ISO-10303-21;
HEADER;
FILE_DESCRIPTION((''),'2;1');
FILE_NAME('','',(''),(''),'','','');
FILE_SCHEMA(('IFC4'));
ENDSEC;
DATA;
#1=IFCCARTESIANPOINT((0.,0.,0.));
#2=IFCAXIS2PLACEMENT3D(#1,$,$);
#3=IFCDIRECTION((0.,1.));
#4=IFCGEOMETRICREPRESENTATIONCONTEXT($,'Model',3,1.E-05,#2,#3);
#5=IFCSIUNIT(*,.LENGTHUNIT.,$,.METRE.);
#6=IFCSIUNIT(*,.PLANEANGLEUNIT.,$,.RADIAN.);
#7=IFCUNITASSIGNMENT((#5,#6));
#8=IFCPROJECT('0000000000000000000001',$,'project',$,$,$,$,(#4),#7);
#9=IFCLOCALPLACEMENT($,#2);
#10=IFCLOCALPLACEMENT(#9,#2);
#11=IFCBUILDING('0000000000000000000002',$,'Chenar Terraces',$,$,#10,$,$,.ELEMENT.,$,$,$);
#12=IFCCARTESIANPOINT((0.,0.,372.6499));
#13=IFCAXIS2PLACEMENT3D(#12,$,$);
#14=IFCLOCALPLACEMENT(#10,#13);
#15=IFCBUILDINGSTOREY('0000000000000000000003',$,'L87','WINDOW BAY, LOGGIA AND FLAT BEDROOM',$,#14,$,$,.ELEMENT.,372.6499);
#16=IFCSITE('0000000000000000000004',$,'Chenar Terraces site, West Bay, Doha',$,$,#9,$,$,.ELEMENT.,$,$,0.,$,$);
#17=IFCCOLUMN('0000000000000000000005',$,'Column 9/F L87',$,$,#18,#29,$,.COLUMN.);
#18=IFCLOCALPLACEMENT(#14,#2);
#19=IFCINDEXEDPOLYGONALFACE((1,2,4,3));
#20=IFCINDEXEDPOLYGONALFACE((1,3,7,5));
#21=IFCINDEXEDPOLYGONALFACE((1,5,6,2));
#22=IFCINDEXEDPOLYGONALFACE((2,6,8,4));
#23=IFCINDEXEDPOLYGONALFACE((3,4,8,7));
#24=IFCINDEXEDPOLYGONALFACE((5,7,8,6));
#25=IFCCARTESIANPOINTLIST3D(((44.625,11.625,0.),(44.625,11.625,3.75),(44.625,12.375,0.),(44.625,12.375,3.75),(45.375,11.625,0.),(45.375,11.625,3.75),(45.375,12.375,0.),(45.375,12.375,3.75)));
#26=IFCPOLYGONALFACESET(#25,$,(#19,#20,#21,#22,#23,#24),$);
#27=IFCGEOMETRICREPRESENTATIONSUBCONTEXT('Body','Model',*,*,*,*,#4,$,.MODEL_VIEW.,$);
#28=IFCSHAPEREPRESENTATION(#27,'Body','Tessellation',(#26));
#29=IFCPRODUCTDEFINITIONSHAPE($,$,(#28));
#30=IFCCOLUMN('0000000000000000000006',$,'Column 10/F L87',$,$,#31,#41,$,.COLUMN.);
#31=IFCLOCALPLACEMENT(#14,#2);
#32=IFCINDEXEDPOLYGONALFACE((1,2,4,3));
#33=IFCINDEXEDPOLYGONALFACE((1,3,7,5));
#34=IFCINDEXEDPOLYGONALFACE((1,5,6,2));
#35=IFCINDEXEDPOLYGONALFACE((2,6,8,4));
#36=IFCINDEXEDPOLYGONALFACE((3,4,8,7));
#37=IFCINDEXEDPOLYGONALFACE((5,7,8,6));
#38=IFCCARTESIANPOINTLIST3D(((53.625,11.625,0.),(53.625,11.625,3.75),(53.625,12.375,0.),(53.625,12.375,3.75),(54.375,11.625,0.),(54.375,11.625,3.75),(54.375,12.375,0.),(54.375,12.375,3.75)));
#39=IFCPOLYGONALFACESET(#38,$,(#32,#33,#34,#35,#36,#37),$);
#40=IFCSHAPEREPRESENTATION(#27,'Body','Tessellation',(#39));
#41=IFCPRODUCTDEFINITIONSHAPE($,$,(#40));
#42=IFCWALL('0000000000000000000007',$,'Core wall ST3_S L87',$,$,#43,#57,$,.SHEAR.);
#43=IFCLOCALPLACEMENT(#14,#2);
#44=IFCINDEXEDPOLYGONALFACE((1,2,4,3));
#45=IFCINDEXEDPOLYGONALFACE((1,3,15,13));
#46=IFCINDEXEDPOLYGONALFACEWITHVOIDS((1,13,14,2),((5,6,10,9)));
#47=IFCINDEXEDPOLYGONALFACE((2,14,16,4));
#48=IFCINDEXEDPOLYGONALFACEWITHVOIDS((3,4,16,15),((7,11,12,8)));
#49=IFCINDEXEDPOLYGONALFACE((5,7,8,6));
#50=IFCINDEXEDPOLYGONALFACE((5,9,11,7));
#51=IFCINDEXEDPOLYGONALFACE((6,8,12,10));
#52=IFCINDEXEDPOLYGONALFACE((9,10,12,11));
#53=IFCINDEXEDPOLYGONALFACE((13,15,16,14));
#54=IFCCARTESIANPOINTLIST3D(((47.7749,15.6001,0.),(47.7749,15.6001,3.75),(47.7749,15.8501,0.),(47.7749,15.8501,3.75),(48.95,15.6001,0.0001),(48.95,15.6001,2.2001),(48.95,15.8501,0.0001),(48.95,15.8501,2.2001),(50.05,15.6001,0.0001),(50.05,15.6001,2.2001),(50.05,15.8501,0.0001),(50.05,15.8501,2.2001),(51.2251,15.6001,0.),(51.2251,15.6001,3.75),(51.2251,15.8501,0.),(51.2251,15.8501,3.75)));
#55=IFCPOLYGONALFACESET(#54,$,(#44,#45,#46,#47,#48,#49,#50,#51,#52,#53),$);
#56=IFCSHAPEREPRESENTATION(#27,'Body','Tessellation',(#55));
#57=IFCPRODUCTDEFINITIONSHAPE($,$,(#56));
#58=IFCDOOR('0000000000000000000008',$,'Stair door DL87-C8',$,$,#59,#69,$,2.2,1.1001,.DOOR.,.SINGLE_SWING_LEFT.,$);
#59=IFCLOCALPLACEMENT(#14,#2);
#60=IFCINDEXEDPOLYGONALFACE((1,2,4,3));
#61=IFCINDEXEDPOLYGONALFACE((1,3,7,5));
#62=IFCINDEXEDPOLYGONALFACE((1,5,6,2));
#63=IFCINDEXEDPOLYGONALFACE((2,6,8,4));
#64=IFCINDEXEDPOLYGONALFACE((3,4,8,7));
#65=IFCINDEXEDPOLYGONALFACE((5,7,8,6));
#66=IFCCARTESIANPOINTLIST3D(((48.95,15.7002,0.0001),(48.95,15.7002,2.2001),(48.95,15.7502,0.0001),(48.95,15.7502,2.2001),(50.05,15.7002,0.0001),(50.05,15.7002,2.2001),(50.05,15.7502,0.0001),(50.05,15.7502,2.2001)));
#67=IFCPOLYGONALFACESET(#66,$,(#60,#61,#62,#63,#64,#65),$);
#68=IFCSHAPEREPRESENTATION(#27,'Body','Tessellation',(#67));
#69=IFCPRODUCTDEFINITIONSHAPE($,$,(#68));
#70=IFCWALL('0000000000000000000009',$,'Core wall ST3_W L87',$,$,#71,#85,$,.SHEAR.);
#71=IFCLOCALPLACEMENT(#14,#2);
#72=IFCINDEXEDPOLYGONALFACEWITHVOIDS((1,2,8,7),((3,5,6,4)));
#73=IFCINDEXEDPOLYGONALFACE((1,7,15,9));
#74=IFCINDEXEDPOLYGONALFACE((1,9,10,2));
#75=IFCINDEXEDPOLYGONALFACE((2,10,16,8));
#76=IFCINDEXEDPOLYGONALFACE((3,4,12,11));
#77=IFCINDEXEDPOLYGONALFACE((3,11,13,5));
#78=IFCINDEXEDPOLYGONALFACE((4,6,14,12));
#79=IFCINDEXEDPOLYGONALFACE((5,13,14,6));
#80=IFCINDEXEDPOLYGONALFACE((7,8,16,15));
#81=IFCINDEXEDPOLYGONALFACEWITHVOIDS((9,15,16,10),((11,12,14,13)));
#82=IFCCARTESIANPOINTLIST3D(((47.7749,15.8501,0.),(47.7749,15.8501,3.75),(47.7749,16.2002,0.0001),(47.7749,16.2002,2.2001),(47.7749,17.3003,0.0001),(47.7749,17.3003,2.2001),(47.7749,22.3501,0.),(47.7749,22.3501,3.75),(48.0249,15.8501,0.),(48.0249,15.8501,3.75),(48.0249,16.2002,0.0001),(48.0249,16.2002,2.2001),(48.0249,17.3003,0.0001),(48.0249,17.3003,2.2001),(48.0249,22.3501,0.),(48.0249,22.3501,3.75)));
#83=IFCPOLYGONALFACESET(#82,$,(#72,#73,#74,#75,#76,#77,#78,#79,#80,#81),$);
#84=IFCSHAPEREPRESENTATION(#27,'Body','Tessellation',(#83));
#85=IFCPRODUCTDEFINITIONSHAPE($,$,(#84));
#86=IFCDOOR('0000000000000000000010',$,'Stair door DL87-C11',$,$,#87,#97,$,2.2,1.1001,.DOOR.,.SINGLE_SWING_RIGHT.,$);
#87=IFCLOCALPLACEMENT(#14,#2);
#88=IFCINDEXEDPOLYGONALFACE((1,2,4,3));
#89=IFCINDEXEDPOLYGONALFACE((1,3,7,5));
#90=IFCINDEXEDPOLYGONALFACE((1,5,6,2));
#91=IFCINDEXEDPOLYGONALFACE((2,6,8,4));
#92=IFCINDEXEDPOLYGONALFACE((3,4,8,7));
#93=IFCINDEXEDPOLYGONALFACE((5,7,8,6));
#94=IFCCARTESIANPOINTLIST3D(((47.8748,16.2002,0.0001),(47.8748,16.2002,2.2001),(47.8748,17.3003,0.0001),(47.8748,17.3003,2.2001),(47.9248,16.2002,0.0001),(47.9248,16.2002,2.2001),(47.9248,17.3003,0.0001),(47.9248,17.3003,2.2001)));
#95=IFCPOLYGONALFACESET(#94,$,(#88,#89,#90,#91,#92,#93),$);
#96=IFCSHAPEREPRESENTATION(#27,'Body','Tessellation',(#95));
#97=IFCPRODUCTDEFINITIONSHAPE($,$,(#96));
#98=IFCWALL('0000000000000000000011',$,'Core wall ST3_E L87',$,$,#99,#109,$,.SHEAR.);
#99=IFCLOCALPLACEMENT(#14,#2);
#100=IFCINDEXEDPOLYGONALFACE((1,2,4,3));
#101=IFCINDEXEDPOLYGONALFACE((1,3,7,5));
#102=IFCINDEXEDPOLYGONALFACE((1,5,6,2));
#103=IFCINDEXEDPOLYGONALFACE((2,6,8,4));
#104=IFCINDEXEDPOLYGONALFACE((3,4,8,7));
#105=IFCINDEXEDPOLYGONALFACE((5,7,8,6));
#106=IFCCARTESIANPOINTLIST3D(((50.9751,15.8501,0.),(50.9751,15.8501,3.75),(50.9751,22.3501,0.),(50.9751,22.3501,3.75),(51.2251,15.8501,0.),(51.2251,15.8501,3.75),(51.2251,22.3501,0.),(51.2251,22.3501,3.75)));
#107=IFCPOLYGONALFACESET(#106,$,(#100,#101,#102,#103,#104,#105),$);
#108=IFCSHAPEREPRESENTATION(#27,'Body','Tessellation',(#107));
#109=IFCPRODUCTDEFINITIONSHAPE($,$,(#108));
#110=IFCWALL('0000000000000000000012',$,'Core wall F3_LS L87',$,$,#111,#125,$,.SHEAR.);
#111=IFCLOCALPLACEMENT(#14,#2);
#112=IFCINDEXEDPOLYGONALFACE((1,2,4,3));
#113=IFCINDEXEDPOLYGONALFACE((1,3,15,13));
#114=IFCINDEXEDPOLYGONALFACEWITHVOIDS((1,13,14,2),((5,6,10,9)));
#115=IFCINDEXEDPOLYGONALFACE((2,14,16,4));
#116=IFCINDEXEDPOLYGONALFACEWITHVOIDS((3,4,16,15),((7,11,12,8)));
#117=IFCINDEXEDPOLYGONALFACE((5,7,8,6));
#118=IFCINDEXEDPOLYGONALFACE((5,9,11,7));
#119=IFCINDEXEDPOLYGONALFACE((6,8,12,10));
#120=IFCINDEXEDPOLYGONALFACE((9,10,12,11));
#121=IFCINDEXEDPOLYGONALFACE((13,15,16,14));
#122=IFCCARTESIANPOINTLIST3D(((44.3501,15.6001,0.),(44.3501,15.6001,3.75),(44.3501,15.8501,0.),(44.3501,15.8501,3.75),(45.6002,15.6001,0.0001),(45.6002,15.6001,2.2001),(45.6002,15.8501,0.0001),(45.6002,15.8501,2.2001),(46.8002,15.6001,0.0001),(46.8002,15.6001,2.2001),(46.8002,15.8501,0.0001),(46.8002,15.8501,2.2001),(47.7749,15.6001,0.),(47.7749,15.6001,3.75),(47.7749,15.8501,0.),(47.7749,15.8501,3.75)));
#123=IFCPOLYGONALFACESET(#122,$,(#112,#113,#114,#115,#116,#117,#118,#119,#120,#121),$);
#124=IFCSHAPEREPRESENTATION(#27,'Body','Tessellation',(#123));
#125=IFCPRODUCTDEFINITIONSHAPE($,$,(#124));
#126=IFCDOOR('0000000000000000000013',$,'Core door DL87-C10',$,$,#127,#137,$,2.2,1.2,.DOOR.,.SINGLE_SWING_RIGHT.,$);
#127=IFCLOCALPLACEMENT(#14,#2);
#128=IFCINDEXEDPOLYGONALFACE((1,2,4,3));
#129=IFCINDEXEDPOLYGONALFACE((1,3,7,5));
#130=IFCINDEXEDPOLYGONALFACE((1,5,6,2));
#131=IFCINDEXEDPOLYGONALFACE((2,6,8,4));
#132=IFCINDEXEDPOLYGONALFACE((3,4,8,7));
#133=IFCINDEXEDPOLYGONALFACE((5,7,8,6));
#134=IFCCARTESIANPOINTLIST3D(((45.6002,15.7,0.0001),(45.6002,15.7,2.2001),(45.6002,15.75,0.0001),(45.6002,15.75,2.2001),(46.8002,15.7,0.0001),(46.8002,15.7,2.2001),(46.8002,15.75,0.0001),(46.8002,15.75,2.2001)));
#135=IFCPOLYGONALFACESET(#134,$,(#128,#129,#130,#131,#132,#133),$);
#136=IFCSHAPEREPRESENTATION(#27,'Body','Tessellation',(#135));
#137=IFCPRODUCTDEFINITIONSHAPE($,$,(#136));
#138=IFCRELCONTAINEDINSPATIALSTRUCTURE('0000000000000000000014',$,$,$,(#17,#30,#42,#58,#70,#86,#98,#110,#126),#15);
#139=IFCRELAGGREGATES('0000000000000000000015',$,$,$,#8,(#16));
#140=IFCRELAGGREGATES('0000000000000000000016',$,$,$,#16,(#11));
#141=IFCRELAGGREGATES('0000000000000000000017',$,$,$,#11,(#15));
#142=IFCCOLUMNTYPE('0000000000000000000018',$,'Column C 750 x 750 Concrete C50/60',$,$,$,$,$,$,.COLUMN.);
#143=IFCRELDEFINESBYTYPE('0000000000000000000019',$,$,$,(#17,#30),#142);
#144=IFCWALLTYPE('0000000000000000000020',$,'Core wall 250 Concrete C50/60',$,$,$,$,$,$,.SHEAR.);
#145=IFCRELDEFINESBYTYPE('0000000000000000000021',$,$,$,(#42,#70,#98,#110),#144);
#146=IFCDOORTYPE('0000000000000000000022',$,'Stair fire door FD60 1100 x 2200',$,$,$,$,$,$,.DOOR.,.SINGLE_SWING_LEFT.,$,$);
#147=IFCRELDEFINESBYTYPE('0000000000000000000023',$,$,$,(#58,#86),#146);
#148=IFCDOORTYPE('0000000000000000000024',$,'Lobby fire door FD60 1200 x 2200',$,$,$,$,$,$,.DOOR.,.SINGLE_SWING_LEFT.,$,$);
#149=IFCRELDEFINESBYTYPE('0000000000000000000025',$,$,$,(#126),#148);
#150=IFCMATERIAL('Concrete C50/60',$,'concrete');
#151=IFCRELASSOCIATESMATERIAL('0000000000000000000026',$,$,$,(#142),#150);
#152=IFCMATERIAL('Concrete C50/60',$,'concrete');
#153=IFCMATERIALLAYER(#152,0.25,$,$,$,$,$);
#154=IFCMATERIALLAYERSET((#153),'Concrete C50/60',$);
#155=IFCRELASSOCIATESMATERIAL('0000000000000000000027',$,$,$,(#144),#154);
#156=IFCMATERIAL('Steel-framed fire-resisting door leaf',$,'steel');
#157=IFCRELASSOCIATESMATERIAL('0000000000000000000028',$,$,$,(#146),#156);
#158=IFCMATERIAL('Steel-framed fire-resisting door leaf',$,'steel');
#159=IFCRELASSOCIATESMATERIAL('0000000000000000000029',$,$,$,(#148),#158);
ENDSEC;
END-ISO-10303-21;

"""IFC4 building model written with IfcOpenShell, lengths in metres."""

from ifc_helpers import new_model, si_unit, direction, frame, frame_2d, origin, origin_2d, place, context, subcontext, project, spatial, rectangle, extrude, material, layer, layer_set, material_profile, profile_set, type_object, element, fill, save


model = new_model("IFC4")

# Units and contexts
model_context = context("Model", 3, precision=1e-05, world=origin(), true_north=direction((0.0, 1.0)))
body_context = subcontext(model_context, "Body", "Model", "MODEL_VIEW")
ifc_project = project(units=[si_unit("LENGTHUNIT", "METRE"), si_unit("PLANEANGLEUNIT", "RADIAN")], contexts=[model_context])

# Site, building, storey
site_placement = place(None, origin())
site = spatial("IfcSite", under=ifc_project, at=site_placement, Name="Chenar Terraces site, West Bay, Doha", CompositionType="ELEMENT", RefElevation=0.0)
building_placement = place(site_placement, origin())
building = spatial("IfcBuilding", under=site, at=building_placement, Name="Chenar Terraces", CompositionType="ELEMENT")
storey_placement = place(building_placement, frame((0.0, 0.0, 372.6499)))
storey = spatial("IfcBuildingStorey", under=building, at=storey_placement, Name="L87", Description="WINDOW BAY, LOGGIA AND FLAT BEDROOM", CompositionType="ELEMENT", Elevation=372.6499)

# Columns
ifc_material_1 = material(Name="Concrete C50/60", Category="concrete")
ifc_material_profile = material_profile(ifc_material_1, rectangle(XDim=0.75, YDim=0.75, at=origin_2d()), Name="C 750 x 750")
ifc_profile_set = profile_set([ifc_material_profile], Name="Concrete C50/60")
column_type = type_object("IfcColumnType", Name="Column C 750 x 750 Concrete C50/60", PredefinedType="COLUMN", material=ifc_profile_set)
for number, where, z_axis, x_axis, name in (
    (1, (45.0, 12.0, 0.0), (0.0, 0.0, 1.0), (1.0, 0.0, 0.0), "Column 9/F L87"),
    (2, (54.0, 12.0, 0.0), (0.0, 0.0, 1.0), (1.0, 0.0, 0.0), "Column 10/F L87"),
):
    element("IfcColumn", number, at=place(storey_placement, frame(where, z_axis=z_axis, x_axis=x_axis)), inside=storey, type_object=column_type, Name=name, PredefinedType="COLUMN", context=body_context, shape_type="SweptSolid", body=[
        extrude(rectangle(XDim=0.75, YDim=0.75, at=origin_2d()), origin(), (0.0, 0.0, 1.0), 3.75),
    ])

# Walls, openings, doors
ifc_material_2 = material(Name="Concrete C50/60", Category="concrete")
ifc_layer_1 = layer(ifc_material_2, 0.25)
ifc_layer_set_1 = layer_set([ifc_layer_1], Name="Concrete C50/60")
wall_type_1 = type_object("IfcWallType", Name="Core wall 250 Concrete C50/60", PredefinedType="SHEAR", material=ifc_layer_set_1)
wall_1_placement = place(storey_placement, frame((47.7749, 15.7251, 0.0), z_axis=(0.0, 0.0, 1.0), x_axis=(1.0, 0.0, 0.0)))
wall_1 = element("IfcWall", 3, at=wall_1_placement, inside=storey, type_object=wall_type_1, Name="Core wall ST3_S L87", PredefinedType="SHEAR", context=body_context, shape_type="SweptSolid", body=[
    extrude(rectangle(XDim=3.4502, YDim=0.25, at=frame_2d((1.7251, 0.0))), origin(), (0.0, 0.0, 1.0), 3.75),
])
opening_1_placement = place(wall_1_placement, frame((1.175, 0.0, 0.0)))
opening_1 = element("IfcOpeningElement", 4, at=opening_1_placement, cuts=wall_1, PredefinedType="OPENING", context=body_context, shape_type="SweptSolid", body=[
    extrude(rectangle(XDim=1.1001, YDim=2.2, at=frame_2d((0.55, 1.1001))), frame((0.0, 0.135, 0.0), z_axis=(0.0, -1.0, 0.0), x_axis=(1.0, 0.0, 0.0)), (0.0, 0.0, 1.0), 0.27),
])
ifc_material_3 = material(Name="Steel-framed fire-resisting door leaf", Category="steel")
door_type_1 = type_object("IfcDoorType", Name="Stair fire door FD60 1100 x 2200", OperationType="SINGLE_SWING_LEFT", PredefinedType="DOOR", material=ifc_material_3)
door_1_placement = place(opening_1_placement, frame((1.1001, 0.0, 0.0), z_axis=(0.0, 0.0, 1.0), x_axis=(-1.0, 0.0, 0.0)))
door_1 = element("IfcDoor", 5, at=door_1_placement, inside=storey, type_object=door_type_1, Name="Stair door DL87-C8", OperationType="SINGLE_SWING_LEFT", OverallHeight=2.2, OverallWidth=1.1001, PredefinedType="DOOR", context=body_context, shape_type="SweptSolid", body=[
    extrude(rectangle(XDim=1.1001, YDim=2.2, at=frame_2d((0.55, 1.1001))), frame((0.0, 0.0249, 0.0), z_axis=(0.0, -1.0, 0.0), x_axis=(1.0, 0.0, 0.0)), (0.0, 0.0, 1.0), 0.05),
])
fill(opening_1, door_1)
wall_2_placement = place(storey_placement, frame((47.8999, 15.8501, 0.0), z_axis=(0.0, 0.0, 1.0), x_axis=(0.0, 1.0, 0.0)))
wall_2 = element("IfcWall", 6, at=wall_2_placement, inside=storey, type_object=wall_type_1, Name="Core wall ST3_W L87", PredefinedType="SHEAR", context=body_context, shape_type="SweptSolid", body=[
    extrude(rectangle(XDim=6.5, YDim=0.25, at=frame_2d((3.25, 0.0))), origin(), (0.0, 0.0, 1.0), 3.75),
])
opening_2_placement = place(wall_2_placement, frame((0.3501, 0.0, 0.0)))
opening_2 = element("IfcOpeningElement", 7, at=opening_2_placement, cuts=wall_2, PredefinedType="OPENING", context=body_context, shape_type="SweptSolid", body=[
    extrude(rectangle(XDim=1.1001, YDim=2.2, at=frame_2d((0.55, 1.1001))), frame((0.0, 0.135, 0.0), z_axis=(0.0, -1.0, 0.0), x_axis=(1.0, 0.0, 0.0)), (0.0, 0.0, 1.0), 0.27),
])
door_2_placement = place(opening_2_placement, frame((1.1001, 0.0, 0.0), z_axis=(0.0, 0.0, 1.0), x_axis=(-1.0, 0.0, 0.0)))
door_2 = element("IfcDoor", 8, at=door_2_placement, inside=storey, type_object=door_type_1, Name="Stair door DL87-C11", OperationType="SINGLE_SWING_RIGHT", OverallHeight=2.2, OverallWidth=1.1001, PredefinedType="DOOR", context=body_context, shape_type="SweptSolid", body=[
    extrude(rectangle(XDim=1.1001, YDim=2.2, at=frame_2d((0.55, 1.1001))), frame((0.0, 0.0249, 0.0), z_axis=(0.0, -1.0, 0.0), x_axis=(1.0, 0.0, 0.0)), (0.0, 0.0, 1.0), 0.05),
])
fill(opening_2, door_2)

# Wall
wall_3_placement = place(storey_placement, frame((51.1001, 15.8501, 0.0), z_axis=(0.0, 0.0, 1.0), x_axis=(0.0, 1.0, 0.0)))
element("IfcWall", 9, at=wall_3_placement, inside=storey, type_object=wall_type_1, Name="Core wall ST3_E L87", PredefinedType="SHEAR", context=body_context, shape_type="SweptSolid", body=[
    extrude(rectangle(XDim=6.5, YDim=0.25, at=frame_2d((3.25, 0.0))), origin(), (0.0, 0.0, 1.0), 3.75),
])

# Wall, opening, door
wall_4_placement = place(storey_placement, frame((44.3501, 15.7251, 0.0), z_axis=(0.0, 0.0, 1.0), x_axis=(1.0, 0.0, 0.0)))
wall_4 = element("IfcWall", 10, at=wall_4_placement, inside=storey, type_object=wall_type_1, Name="Core wall F3_LS L87", PredefinedType="SHEAR", context=body_context, shape_type="SweptSolid", body=[
    extrude(rectangle(XDim=3.4248, YDim=0.25, at=frame_2d((1.7124, 0.0))), origin(), (0.0, 0.0, 1.0), 3.75),
])
opening_3_placement = place(wall_4_placement, frame((1.25, 0.0, 0.0)))
opening_3 = element("IfcOpeningElement", 11, at=opening_3_placement, cuts=wall_4, PredefinedType="OPENING", context=body_context, shape_type="SweptSolid", body=[
    extrude(rectangle(XDim=1.2, YDim=2.2, at=frame_2d((0.6001, 1.1001))), frame((0.0, 0.135, 0.0), z_axis=(0.0, -1.0, 0.0), x_axis=(1.0, 0.0, 0.0)), (0.0, 0.0, 1.0), 0.27),
])
ifc_material_4 = material(Name="Steel-framed fire-resisting door leaf", Category="steel")
door_type_2 = type_object("IfcDoorType", Name="Lobby fire door FD60 1200 x 2200", OperationType="SINGLE_SWING_LEFT", PredefinedType="DOOR", material=ifc_material_4)
door_3_placement = place(opening_3_placement, origin())
door_3 = element("IfcDoor", 12, at=door_3_placement, inside=storey, type_object=door_type_2, Name="Core door DL87-C10", OperationType="SINGLE_SWING_RIGHT", OverallHeight=2.2, OverallWidth=1.2, PredefinedType="DOOR", context=body_context, shape_type="SweptSolid", body=[
    extrude(rectangle(XDim=1.2, YDim=2.2, at=frame_2d((0.6001, 1.1001))), frame((0.0, 0.0249, 0.0), z_axis=(0.0, -1.0, 0.0), x_axis=(1.0, 0.0, 0.0)), (0.0, 0.0, 1.0), 0.05),
])
fill(opening_3, door_3)

save(model, "model.ifc")
